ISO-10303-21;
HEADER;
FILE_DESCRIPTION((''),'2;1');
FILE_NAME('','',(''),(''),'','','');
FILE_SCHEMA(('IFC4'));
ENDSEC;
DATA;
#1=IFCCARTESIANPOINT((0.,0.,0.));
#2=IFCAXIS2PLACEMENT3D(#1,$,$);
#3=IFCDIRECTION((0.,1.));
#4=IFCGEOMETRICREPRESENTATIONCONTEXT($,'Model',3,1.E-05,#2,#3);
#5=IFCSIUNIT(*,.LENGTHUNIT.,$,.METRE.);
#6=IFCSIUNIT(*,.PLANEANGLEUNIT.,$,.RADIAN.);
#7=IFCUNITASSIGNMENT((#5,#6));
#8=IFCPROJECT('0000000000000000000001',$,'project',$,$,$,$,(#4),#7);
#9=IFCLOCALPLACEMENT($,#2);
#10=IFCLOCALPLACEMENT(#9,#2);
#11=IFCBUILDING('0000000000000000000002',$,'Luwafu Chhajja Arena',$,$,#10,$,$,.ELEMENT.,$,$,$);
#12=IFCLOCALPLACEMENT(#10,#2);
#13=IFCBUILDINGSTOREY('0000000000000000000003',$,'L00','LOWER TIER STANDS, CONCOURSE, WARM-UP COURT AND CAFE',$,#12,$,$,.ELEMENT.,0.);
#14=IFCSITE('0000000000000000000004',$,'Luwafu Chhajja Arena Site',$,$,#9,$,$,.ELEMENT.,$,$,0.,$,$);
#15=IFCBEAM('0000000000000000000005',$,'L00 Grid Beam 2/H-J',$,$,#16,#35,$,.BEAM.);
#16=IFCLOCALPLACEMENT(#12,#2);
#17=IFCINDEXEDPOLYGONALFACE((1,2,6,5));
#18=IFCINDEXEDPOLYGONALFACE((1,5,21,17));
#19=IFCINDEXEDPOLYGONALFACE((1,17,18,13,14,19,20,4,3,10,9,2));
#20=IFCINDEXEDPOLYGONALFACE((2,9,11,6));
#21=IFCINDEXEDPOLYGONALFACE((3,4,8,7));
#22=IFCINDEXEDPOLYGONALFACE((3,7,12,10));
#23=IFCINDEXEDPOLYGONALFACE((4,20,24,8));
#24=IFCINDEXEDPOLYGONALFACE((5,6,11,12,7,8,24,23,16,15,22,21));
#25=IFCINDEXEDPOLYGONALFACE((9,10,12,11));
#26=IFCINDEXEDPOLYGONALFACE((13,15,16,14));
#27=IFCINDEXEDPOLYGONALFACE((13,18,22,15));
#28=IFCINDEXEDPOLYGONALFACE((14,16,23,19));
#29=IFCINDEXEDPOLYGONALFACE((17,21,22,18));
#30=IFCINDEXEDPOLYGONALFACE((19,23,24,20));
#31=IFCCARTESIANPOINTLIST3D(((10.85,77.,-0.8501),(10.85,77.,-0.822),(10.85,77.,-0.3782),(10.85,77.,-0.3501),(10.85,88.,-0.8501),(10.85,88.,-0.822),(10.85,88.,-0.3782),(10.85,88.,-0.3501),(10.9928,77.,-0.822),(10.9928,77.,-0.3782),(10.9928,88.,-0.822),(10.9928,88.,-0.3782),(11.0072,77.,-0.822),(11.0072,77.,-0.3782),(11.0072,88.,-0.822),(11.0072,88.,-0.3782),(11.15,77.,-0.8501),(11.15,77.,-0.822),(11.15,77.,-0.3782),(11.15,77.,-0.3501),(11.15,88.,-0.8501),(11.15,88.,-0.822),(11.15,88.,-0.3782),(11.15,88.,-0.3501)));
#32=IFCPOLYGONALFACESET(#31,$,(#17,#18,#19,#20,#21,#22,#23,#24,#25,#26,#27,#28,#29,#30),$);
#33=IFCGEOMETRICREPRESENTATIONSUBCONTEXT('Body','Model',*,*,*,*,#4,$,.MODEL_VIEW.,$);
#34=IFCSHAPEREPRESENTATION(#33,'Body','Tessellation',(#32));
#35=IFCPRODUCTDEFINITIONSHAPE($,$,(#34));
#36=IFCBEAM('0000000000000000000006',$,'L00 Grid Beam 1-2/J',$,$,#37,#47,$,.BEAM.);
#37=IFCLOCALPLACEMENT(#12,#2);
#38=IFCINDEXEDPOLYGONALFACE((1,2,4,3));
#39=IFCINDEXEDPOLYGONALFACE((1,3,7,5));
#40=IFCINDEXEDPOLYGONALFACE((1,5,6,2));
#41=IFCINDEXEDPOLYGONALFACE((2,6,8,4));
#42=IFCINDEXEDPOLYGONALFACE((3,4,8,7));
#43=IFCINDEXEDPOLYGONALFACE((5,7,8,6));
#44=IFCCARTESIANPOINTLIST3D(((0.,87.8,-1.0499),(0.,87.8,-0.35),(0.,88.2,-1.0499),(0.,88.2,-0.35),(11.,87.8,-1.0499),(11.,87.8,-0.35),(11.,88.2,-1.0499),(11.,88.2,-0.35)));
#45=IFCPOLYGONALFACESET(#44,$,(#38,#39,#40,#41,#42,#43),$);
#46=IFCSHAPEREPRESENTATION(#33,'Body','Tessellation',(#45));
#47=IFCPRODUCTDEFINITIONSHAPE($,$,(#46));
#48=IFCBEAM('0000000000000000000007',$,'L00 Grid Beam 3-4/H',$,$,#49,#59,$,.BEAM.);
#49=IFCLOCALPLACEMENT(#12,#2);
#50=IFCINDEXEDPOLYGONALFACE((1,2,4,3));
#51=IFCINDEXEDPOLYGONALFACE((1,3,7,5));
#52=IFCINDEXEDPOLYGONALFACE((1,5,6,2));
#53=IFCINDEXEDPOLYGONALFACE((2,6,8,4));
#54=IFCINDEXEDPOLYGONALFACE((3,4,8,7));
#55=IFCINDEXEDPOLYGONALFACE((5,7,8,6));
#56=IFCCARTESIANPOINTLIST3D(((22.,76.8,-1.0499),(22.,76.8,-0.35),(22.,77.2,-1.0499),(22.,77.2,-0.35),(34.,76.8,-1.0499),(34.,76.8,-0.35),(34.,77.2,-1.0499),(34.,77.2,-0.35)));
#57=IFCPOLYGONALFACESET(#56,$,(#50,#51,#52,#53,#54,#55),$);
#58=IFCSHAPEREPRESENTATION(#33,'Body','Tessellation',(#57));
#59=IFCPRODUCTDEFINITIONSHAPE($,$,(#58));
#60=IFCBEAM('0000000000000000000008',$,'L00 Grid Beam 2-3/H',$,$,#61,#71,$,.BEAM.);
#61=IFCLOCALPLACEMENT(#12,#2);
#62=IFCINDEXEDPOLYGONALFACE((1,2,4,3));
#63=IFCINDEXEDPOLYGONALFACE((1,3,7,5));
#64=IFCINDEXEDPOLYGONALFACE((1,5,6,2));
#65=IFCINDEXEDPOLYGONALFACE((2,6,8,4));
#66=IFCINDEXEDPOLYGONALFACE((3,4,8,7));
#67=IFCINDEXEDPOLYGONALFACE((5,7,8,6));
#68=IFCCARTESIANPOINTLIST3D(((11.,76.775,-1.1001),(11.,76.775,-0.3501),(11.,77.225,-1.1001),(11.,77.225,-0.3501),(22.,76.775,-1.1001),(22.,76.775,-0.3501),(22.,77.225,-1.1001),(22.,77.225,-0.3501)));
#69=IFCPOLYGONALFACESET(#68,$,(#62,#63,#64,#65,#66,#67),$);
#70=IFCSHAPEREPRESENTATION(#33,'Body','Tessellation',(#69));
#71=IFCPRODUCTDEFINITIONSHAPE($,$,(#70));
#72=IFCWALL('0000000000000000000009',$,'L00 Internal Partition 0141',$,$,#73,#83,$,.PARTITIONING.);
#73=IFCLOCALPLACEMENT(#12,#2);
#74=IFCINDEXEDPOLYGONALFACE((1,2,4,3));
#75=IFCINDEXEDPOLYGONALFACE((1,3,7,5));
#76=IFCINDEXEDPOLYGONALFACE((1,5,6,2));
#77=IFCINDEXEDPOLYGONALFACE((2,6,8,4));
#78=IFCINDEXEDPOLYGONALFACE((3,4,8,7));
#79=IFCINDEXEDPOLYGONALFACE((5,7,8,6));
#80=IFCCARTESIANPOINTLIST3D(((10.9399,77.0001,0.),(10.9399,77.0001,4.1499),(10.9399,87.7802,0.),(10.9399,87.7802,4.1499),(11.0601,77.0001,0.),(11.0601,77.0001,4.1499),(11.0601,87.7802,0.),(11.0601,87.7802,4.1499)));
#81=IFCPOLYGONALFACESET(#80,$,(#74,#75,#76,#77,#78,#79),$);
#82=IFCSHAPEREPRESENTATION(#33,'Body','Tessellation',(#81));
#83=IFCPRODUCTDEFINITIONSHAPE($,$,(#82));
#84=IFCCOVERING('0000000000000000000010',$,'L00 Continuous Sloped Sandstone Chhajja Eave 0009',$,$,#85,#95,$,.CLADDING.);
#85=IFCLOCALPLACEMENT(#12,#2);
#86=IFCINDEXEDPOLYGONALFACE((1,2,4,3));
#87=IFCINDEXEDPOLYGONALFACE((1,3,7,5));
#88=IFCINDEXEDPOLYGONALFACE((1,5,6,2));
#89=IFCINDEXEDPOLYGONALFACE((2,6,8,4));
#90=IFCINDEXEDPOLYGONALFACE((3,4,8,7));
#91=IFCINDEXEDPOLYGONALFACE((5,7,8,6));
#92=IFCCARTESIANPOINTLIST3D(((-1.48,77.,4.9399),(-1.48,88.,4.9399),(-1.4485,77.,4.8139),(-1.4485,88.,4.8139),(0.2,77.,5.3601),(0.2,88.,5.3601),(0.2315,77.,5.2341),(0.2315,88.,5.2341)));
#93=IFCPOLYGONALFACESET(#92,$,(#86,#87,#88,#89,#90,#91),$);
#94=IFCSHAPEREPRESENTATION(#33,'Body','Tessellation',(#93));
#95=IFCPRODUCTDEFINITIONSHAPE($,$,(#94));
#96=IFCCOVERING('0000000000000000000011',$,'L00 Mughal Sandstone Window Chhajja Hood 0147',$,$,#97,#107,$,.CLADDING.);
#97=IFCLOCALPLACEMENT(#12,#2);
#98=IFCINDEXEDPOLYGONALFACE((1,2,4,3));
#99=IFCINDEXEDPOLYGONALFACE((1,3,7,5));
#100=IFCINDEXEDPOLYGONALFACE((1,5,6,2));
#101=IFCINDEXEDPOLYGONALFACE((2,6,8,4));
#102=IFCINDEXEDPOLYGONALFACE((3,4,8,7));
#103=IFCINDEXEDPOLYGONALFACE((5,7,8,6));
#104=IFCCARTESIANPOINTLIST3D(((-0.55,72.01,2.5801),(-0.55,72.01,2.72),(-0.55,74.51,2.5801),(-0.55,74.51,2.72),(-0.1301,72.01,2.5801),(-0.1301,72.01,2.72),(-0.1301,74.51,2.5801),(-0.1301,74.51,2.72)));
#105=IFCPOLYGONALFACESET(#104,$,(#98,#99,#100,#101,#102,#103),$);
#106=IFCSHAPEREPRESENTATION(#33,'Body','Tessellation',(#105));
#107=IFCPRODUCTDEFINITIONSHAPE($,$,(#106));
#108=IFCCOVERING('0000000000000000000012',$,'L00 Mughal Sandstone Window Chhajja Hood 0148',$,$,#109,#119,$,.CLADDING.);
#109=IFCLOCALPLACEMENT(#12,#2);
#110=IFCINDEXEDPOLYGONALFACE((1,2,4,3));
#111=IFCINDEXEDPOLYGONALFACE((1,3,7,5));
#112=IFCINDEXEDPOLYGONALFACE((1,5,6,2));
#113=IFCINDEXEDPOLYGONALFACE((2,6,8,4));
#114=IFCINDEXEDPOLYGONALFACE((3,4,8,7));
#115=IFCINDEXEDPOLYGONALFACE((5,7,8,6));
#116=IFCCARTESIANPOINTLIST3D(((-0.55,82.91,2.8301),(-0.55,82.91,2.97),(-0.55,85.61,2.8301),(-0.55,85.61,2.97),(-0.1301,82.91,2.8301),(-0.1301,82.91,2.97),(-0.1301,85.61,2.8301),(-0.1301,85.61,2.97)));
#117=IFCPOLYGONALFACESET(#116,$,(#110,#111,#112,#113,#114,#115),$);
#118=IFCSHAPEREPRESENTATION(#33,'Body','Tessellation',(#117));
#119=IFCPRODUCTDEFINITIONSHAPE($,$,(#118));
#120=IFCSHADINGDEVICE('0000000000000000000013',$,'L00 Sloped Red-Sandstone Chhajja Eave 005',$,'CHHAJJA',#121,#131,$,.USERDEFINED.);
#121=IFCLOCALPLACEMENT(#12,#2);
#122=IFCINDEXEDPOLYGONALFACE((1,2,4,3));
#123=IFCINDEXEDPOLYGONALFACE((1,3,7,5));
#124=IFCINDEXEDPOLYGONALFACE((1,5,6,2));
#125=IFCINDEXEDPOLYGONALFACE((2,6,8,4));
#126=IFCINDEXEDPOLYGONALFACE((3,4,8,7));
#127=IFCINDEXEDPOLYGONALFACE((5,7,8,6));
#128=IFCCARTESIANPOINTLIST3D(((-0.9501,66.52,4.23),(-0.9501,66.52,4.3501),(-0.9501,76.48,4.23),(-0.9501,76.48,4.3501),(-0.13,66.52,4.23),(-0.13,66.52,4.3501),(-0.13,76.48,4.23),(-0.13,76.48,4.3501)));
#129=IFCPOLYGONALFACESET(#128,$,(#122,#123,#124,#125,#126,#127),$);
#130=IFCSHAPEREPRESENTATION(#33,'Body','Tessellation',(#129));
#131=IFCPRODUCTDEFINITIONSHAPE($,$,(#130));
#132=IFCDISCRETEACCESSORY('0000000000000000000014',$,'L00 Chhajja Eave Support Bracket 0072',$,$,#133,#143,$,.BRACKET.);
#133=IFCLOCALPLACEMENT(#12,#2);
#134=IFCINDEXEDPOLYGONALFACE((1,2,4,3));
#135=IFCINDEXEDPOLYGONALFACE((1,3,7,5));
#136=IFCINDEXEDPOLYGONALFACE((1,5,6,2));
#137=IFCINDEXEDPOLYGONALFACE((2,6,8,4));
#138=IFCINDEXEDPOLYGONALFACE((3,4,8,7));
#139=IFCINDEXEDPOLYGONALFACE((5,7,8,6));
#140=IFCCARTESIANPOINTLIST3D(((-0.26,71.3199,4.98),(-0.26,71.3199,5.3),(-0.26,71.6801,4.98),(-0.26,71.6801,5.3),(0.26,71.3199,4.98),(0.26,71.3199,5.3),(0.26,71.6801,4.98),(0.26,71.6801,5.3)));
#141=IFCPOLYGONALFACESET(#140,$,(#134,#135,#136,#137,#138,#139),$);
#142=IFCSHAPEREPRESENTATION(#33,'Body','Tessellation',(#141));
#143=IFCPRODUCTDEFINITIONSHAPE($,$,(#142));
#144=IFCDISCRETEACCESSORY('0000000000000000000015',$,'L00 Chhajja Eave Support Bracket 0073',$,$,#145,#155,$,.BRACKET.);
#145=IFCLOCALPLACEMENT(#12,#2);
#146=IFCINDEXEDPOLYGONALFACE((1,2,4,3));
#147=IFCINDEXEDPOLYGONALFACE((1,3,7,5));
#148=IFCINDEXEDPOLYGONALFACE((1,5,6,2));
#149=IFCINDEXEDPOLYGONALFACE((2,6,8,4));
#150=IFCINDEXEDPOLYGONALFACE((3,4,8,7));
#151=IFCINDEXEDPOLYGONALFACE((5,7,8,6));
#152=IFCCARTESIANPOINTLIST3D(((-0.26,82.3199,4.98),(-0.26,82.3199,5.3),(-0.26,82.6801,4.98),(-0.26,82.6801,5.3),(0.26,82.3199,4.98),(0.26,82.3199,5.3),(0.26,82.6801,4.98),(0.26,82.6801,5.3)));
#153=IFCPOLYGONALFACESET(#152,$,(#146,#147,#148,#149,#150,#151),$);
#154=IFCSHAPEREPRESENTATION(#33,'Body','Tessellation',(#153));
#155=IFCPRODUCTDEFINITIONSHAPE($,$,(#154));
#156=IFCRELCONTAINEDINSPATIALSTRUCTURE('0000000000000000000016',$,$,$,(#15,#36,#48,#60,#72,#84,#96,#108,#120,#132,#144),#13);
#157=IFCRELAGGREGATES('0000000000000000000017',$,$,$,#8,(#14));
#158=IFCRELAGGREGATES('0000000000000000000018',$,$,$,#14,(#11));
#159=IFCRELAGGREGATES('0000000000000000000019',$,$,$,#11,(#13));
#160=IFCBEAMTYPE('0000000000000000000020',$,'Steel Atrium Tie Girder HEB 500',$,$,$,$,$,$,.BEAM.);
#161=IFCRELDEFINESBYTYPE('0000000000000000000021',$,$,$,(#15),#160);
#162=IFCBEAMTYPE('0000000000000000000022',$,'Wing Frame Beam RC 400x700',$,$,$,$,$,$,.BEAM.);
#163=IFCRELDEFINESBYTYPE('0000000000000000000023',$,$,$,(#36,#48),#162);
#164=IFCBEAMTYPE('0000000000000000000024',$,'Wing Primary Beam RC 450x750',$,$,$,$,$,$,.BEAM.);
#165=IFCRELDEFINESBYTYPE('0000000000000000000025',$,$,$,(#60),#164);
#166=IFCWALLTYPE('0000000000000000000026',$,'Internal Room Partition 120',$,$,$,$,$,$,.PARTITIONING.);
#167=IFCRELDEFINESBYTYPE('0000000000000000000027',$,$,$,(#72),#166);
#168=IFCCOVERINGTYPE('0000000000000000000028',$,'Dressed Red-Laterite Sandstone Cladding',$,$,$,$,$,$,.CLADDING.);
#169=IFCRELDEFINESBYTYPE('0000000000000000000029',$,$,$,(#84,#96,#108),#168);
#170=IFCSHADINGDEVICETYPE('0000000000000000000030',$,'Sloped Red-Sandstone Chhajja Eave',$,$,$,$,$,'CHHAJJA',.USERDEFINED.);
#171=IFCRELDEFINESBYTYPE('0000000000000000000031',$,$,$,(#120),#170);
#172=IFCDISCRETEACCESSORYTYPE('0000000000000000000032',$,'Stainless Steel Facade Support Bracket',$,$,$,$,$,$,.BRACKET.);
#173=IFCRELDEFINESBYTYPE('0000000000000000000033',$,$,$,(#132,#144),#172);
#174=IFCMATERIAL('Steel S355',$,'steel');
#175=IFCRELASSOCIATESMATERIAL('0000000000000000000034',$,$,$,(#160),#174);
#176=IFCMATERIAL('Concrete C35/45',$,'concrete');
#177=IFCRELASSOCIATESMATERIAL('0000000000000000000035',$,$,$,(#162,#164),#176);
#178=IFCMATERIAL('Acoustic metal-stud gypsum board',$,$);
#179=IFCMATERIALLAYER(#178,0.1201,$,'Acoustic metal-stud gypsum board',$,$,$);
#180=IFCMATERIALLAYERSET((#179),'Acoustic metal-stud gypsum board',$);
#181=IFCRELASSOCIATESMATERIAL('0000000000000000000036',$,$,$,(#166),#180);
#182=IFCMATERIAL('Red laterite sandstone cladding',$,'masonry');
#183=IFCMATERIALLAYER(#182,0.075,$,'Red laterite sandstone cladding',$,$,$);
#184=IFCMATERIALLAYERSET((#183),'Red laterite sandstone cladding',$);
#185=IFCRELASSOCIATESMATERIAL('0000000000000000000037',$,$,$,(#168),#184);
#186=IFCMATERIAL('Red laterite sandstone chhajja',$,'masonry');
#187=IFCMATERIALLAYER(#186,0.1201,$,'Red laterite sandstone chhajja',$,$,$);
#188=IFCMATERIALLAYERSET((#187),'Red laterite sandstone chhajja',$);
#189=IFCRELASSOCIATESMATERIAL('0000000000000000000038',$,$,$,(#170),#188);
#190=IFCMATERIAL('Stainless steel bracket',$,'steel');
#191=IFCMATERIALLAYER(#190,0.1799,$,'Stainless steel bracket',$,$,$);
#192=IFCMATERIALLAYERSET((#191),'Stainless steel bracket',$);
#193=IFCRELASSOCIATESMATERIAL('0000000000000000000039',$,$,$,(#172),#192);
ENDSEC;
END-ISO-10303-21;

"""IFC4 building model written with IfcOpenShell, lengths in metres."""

from ifc_helpers import new_model, si_unit, direction, frame, frame_2d, origin, origin_2d, place, context, subcontext, project, spatial, polyline, rectangle, i_section, outline, extrude, material, layer, layer_set, material_profile, profile_set, type_object, element, save


model = new_model("IFC4")

# Units and contexts
model_context = context("Model", 3, precision=1e-05, world=origin(), true_north=direction((0.0, 1.0)))
body_context = subcontext(model_context, "Body", "Model", "MODEL_VIEW")
ifc_project = project(units=[si_unit("LENGTHUNIT", "METRE"), si_unit("PLANEANGLEUNIT", "RADIAN")], contexts=[model_context])

# Site, building, storey
site_placement = place(None, origin())
site = spatial("IfcSite", under=ifc_project, at=site_placement, Name="Luwafu Chhajja Arena Site", CompositionType="ELEMENT", RefElevation=0.0)
building_placement = place(site_placement, origin())
building = spatial("IfcBuilding", under=site, at=building_placement, Name="Luwafu Chhajja Arena", CompositionType="ELEMENT")
storey_placement = place(building_placement, origin())
storey = spatial("IfcBuildingStorey", under=building, at=storey_placement, Name="L00", Description="LOWER TIER STANDS, CONCOURSE, WARM-UP COURT AND CAFE", CompositionType="ELEMENT", Elevation=0.0)

# Beams
ifc_material_1 = material(Name="Steel S355", Category="steel")
ifc_material_2 = material(Name="Concrete C35/45", Category="concrete")
ifc_material_profile_1 = material_profile(ifc_material_1, i_section(OverallWidth=0.3, OverallDepth=0.5, WebThickness=0.0144, FlangeThickness=0.0281, at=origin_2d()), Name="HEB 500")
ifc_profile_set_1 = profile_set([ifc_material_profile_1], Name="Steel S355")
beam_type_1 = type_object("IfcBeamType", Name="Steel Atrium Tie Girder HEB 500", PredefinedType="BEAM", material=ifc_profile_set_1)
beam_1_placement = place(storey_placement, frame((11.0, 77.0, -0.6001), z_axis=(0.0, 1.0, 0.0), x_axis=(-1.0, 0.0, 0.0)))
element("IfcBeam", 1, at=beam_1_placement, inside=storey, type_object=beam_type_1, Name="L00 Grid Beam 2/H-J", PredefinedType="BEAM", context=body_context, shape_type="SweptSolid", body=[
    extrude(i_section(OverallWidth=0.3, OverallDepth=0.5, WebThickness=0.0144, FlangeThickness=0.0281, at=origin_2d()), origin(), (0.0, 0.0, 1.0), 11.0),
])
ifc_material_profile_2 = material_profile(ifc_material_2, rectangle(XDim=0.3999, YDim=0.7, at=origin_2d()), Name="RC 400x700")
ifc_profile_set_2 = profile_set([ifc_material_profile_2], Name="Concrete C35/45")
beam_type_2 = type_object("IfcBeamType", Name="Wing Frame Beam RC 400x700", PredefinedType="BEAM", material=ifc_profile_set_2)
beam_2_placement = place(storey_placement, frame((0.0, 88.0, -0.7), z_axis=(1.0, 0.0, 0.0), x_axis=(0.0, 1.0, 0.0)))
element("IfcBeam", 2, at=beam_2_placement, inside=storey, type_object=beam_type_2, Name="L00 Grid Beam 1-2/J", PredefinedType="BEAM", context=body_context, shape_type="SweptSolid", body=[
    extrude(rectangle(XDim=0.3999, YDim=0.7, at=origin_2d()), origin(), (0.0, 0.0, 1.0), 11.0),
])
beam_3_placement = place(storey_placement, frame((22.0, 77.0, -0.7), z_axis=(1.0, 0.0, 0.0), x_axis=(0.0, 1.0, 0.0)))
element("IfcBeam", 3, at=beam_3_placement, inside=storey, type_object=beam_type_2, Name="L00 Grid Beam 3-4/H", PredefinedType="BEAM", context=body_context, shape_type="SweptSolid", body=[
    extrude(rectangle(XDim=0.3999, YDim=0.7, at=origin_2d()), origin(), (0.0, 0.0, 1.0), 12.0),
])
ifc_material_profile_3 = material_profile(ifc_material_2, rectangle(XDim=0.45, YDim=0.75, at=origin_2d()), Name="RC 450x750")
ifc_profile_set_3 = profile_set([ifc_material_profile_3], Name="Concrete C35/45")
beam_type_3 = type_object("IfcBeamType", Name="Wing Primary Beam RC 450x750", PredefinedType="BEAM", material=ifc_profile_set_3)
beam_4_placement = place(storey_placement, frame((11.0, 77.0, -0.7251), z_axis=(1.0, 0.0, 0.0), x_axis=(0.0, 1.0, 0.0)))
element("IfcBeam", 4, at=beam_4_placement, inside=storey, type_object=beam_type_3, Name="L00 Grid Beam 2-3/H", PredefinedType="BEAM", context=body_context, shape_type="SweptSolid", body=[
    extrude(rectangle(XDim=0.45, YDim=0.75, at=origin_2d()), origin(), (0.0, 0.0, 1.0), 11.0),
])

# Wall
ifc_material_3 = material(Name="Acoustic metal-stud gypsum board")
ifc_layer_1 = layer(ifc_material_3, 0.1201, Name="Acoustic metal-stud gypsum board")
ifc_layer_set_1 = layer_set([ifc_layer_1], Name="Acoustic metal-stud gypsum board")
wall_type_1 = type_object("IfcWallType", Name="Internal Room Partition 120", PredefinedType="PARTITIONING", material=ifc_layer_set_1)
wall_1_placement = place(storey_placement, frame((11.0, 77.0, 0.0), z_axis=(0.0, 0.0, 1.0), x_axis=(0.0, 1.0, 0.0)))
element("IfcWall", 5, at=wall_1_placement, inside=storey, type_object=wall_type_1, Name="L00 Internal Partition 0141", PredefinedType="PARTITIONING", context=body_context, shape_type="SweptSolid", body=[
    extrude(rectangle(XDim=10.78, YDim=0.1201, at=frame_2d((5.3901, 0.0))), origin(), (0.0, 0.0, 1.0), 4.1499),
])

# Coverings
ifc_material_4 = material(Name="Red laterite sandstone cladding", Category="masonry")
ifc_layer_2 = layer(ifc_material_4, 0.075, Name="Red laterite sandstone cladding")
ifc_layer_set_2 = layer_set([ifc_layer_2], Name="Red laterite sandstone cladding")
covering_type = type_object("IfcCoveringType", Name="Dressed Red-Laterite Sandstone Cladding", PredefinedType="CLADDING", material=ifc_layer_set_2)
covering_1_placement = place(storey_placement, frame((0.2, 77.0, 5.3601), z_axis=(-0.242635, 0.0, 0.970118), x_axis=(0.0, 1.0, 0.0)))
element("IfcCovering", 6, at=covering_1_placement, inside=storey, type_object=covering_type, Name="L00 Continuous Sloped Sandstone Chhajja Eave 0009", PredefinedType="CLADDING", context=body_context, shape_type="SweptSolid", body=[
    extrude(outline(polyline([(0.0, 0.0), (11.0, 0.0), (11.0, 1.7317), (0.0, 1.7317), (0.0, 0.0)])), origin(), (0.0, 0.0, -1.0), 0.1299),
])
covering_2_placement = place(storey_placement, frame((-0.3401, 73.26, 2.5801), z_axis=(0.0, 0.0, 1.0), x_axis=(0.0, 1.0, 0.0)))
element("IfcCovering", 7, at=covering_2_placement, inside=storey, type_object=covering_type, Name="L00 Mughal Sandstone Window Chhajja Hood 0147", PredefinedType="CLADDING", context=body_context, shape_type="SweptSolid", body=[
    extrude(rectangle(XDim=2.5, YDim=0.4199, at=origin_2d()), origin(), (0.0, 0.0, 1.0), 0.1399),
])
covering_3_placement = place(storey_placement, frame((-0.3401, 84.26, 2.8301), z_axis=(0.0, 0.0, 1.0), x_axis=(0.0, 1.0, 0.0)))
element("IfcCovering", 8, at=covering_3_placement, inside=storey, type_object=covering_type, Name="L00 Mughal Sandstone Window Chhajja Hood 0148", PredefinedType="CLADDING", context=body_context, shape_type="SweptSolid", body=[
    extrude(rectangle(XDim=2.7, YDim=0.4199, at=origin_2d()), origin(), (0.0, 0.0, 1.0), 0.1399),
])

# Shading device
ifc_material_5 = material(Name="Red laterite sandstone chhajja", Category="masonry")
ifc_layer_3 = layer(ifc_material_5, 0.1201, Name="Red laterite sandstone chhajja")
ifc_layer_set_3 = layer_set([ifc_layer_3], Name="Red laterite sandstone chhajja")
shading_device_type = type_object("IfcShadingDeviceType", Name="Sloped Red-Sandstone Chhajja Eave", ElementType="CHHAJJA", PredefinedType="USERDEFINED", material=ifc_layer_set_3)
shading_device_placement = place(storey_placement, frame((-0.54, 71.5, 4.23), z_axis=(0.0, 0.0, 1.0), x_axis=(0.0, 1.0, 0.0)))
element("IfcShadingDevice", 9, at=shading_device_placement, inside=storey, type_object=shading_device_type, Name="L00 Sloped Red-Sandstone Chhajja Eave 005", ObjectType="CHHAJJA", PredefinedType="USERDEFINED", context=body_context, shape_type="SweptSolid", body=[
    extrude(rectangle(XDim=9.96, YDim=0.8201, at=origin_2d()), origin(), (0.0, 0.0, 1.0), 0.1201),
])

# Discrete accessories
ifc_material_6 = material(Name="Stainless steel bracket", Category="steel")
ifc_layer_4 = layer(ifc_material_6, 0.1799, Name="Stainless steel bracket")
ifc_layer_set_4 = layer_set([ifc_layer_4], Name="Stainless steel bracket")
discrete_accessory_type = type_object("IfcDiscreteAccessoryType", Name="Stainless Steel Facade Support Bracket", PredefinedType="BRACKET", material=ifc_layer_set_4)
for number, where, z_axis, x_axis, name in (
    (10, (0.0, 71.5, 4.98), (0.0, 0.0, 1.0), (0.0, 1.0, 0.0), "L00 Chhajja Eave Support Bracket 0072"),
    (11, (0.0, 82.5, 4.98), (0.0, 0.0, 1.0), (0.0, 1.0, 0.0), "L00 Chhajja Eave Support Bracket 0073"),
):
    element("IfcDiscreteAccessory", number, at=place(storey_placement, frame(where, z_axis=z_axis, x_axis=x_axis)), inside=storey, type_object=discrete_accessory_type, Name=name, PredefinedType="BRACKET", context=body_context, shape_type="SweptSolid", body=[
        extrude(rectangle(XDim=0.3601, YDim=0.52, at=origin_2d()), origin(), (0.0, 0.0, 1.0), 0.3201),
    ])

save(model, "model.ifc")
